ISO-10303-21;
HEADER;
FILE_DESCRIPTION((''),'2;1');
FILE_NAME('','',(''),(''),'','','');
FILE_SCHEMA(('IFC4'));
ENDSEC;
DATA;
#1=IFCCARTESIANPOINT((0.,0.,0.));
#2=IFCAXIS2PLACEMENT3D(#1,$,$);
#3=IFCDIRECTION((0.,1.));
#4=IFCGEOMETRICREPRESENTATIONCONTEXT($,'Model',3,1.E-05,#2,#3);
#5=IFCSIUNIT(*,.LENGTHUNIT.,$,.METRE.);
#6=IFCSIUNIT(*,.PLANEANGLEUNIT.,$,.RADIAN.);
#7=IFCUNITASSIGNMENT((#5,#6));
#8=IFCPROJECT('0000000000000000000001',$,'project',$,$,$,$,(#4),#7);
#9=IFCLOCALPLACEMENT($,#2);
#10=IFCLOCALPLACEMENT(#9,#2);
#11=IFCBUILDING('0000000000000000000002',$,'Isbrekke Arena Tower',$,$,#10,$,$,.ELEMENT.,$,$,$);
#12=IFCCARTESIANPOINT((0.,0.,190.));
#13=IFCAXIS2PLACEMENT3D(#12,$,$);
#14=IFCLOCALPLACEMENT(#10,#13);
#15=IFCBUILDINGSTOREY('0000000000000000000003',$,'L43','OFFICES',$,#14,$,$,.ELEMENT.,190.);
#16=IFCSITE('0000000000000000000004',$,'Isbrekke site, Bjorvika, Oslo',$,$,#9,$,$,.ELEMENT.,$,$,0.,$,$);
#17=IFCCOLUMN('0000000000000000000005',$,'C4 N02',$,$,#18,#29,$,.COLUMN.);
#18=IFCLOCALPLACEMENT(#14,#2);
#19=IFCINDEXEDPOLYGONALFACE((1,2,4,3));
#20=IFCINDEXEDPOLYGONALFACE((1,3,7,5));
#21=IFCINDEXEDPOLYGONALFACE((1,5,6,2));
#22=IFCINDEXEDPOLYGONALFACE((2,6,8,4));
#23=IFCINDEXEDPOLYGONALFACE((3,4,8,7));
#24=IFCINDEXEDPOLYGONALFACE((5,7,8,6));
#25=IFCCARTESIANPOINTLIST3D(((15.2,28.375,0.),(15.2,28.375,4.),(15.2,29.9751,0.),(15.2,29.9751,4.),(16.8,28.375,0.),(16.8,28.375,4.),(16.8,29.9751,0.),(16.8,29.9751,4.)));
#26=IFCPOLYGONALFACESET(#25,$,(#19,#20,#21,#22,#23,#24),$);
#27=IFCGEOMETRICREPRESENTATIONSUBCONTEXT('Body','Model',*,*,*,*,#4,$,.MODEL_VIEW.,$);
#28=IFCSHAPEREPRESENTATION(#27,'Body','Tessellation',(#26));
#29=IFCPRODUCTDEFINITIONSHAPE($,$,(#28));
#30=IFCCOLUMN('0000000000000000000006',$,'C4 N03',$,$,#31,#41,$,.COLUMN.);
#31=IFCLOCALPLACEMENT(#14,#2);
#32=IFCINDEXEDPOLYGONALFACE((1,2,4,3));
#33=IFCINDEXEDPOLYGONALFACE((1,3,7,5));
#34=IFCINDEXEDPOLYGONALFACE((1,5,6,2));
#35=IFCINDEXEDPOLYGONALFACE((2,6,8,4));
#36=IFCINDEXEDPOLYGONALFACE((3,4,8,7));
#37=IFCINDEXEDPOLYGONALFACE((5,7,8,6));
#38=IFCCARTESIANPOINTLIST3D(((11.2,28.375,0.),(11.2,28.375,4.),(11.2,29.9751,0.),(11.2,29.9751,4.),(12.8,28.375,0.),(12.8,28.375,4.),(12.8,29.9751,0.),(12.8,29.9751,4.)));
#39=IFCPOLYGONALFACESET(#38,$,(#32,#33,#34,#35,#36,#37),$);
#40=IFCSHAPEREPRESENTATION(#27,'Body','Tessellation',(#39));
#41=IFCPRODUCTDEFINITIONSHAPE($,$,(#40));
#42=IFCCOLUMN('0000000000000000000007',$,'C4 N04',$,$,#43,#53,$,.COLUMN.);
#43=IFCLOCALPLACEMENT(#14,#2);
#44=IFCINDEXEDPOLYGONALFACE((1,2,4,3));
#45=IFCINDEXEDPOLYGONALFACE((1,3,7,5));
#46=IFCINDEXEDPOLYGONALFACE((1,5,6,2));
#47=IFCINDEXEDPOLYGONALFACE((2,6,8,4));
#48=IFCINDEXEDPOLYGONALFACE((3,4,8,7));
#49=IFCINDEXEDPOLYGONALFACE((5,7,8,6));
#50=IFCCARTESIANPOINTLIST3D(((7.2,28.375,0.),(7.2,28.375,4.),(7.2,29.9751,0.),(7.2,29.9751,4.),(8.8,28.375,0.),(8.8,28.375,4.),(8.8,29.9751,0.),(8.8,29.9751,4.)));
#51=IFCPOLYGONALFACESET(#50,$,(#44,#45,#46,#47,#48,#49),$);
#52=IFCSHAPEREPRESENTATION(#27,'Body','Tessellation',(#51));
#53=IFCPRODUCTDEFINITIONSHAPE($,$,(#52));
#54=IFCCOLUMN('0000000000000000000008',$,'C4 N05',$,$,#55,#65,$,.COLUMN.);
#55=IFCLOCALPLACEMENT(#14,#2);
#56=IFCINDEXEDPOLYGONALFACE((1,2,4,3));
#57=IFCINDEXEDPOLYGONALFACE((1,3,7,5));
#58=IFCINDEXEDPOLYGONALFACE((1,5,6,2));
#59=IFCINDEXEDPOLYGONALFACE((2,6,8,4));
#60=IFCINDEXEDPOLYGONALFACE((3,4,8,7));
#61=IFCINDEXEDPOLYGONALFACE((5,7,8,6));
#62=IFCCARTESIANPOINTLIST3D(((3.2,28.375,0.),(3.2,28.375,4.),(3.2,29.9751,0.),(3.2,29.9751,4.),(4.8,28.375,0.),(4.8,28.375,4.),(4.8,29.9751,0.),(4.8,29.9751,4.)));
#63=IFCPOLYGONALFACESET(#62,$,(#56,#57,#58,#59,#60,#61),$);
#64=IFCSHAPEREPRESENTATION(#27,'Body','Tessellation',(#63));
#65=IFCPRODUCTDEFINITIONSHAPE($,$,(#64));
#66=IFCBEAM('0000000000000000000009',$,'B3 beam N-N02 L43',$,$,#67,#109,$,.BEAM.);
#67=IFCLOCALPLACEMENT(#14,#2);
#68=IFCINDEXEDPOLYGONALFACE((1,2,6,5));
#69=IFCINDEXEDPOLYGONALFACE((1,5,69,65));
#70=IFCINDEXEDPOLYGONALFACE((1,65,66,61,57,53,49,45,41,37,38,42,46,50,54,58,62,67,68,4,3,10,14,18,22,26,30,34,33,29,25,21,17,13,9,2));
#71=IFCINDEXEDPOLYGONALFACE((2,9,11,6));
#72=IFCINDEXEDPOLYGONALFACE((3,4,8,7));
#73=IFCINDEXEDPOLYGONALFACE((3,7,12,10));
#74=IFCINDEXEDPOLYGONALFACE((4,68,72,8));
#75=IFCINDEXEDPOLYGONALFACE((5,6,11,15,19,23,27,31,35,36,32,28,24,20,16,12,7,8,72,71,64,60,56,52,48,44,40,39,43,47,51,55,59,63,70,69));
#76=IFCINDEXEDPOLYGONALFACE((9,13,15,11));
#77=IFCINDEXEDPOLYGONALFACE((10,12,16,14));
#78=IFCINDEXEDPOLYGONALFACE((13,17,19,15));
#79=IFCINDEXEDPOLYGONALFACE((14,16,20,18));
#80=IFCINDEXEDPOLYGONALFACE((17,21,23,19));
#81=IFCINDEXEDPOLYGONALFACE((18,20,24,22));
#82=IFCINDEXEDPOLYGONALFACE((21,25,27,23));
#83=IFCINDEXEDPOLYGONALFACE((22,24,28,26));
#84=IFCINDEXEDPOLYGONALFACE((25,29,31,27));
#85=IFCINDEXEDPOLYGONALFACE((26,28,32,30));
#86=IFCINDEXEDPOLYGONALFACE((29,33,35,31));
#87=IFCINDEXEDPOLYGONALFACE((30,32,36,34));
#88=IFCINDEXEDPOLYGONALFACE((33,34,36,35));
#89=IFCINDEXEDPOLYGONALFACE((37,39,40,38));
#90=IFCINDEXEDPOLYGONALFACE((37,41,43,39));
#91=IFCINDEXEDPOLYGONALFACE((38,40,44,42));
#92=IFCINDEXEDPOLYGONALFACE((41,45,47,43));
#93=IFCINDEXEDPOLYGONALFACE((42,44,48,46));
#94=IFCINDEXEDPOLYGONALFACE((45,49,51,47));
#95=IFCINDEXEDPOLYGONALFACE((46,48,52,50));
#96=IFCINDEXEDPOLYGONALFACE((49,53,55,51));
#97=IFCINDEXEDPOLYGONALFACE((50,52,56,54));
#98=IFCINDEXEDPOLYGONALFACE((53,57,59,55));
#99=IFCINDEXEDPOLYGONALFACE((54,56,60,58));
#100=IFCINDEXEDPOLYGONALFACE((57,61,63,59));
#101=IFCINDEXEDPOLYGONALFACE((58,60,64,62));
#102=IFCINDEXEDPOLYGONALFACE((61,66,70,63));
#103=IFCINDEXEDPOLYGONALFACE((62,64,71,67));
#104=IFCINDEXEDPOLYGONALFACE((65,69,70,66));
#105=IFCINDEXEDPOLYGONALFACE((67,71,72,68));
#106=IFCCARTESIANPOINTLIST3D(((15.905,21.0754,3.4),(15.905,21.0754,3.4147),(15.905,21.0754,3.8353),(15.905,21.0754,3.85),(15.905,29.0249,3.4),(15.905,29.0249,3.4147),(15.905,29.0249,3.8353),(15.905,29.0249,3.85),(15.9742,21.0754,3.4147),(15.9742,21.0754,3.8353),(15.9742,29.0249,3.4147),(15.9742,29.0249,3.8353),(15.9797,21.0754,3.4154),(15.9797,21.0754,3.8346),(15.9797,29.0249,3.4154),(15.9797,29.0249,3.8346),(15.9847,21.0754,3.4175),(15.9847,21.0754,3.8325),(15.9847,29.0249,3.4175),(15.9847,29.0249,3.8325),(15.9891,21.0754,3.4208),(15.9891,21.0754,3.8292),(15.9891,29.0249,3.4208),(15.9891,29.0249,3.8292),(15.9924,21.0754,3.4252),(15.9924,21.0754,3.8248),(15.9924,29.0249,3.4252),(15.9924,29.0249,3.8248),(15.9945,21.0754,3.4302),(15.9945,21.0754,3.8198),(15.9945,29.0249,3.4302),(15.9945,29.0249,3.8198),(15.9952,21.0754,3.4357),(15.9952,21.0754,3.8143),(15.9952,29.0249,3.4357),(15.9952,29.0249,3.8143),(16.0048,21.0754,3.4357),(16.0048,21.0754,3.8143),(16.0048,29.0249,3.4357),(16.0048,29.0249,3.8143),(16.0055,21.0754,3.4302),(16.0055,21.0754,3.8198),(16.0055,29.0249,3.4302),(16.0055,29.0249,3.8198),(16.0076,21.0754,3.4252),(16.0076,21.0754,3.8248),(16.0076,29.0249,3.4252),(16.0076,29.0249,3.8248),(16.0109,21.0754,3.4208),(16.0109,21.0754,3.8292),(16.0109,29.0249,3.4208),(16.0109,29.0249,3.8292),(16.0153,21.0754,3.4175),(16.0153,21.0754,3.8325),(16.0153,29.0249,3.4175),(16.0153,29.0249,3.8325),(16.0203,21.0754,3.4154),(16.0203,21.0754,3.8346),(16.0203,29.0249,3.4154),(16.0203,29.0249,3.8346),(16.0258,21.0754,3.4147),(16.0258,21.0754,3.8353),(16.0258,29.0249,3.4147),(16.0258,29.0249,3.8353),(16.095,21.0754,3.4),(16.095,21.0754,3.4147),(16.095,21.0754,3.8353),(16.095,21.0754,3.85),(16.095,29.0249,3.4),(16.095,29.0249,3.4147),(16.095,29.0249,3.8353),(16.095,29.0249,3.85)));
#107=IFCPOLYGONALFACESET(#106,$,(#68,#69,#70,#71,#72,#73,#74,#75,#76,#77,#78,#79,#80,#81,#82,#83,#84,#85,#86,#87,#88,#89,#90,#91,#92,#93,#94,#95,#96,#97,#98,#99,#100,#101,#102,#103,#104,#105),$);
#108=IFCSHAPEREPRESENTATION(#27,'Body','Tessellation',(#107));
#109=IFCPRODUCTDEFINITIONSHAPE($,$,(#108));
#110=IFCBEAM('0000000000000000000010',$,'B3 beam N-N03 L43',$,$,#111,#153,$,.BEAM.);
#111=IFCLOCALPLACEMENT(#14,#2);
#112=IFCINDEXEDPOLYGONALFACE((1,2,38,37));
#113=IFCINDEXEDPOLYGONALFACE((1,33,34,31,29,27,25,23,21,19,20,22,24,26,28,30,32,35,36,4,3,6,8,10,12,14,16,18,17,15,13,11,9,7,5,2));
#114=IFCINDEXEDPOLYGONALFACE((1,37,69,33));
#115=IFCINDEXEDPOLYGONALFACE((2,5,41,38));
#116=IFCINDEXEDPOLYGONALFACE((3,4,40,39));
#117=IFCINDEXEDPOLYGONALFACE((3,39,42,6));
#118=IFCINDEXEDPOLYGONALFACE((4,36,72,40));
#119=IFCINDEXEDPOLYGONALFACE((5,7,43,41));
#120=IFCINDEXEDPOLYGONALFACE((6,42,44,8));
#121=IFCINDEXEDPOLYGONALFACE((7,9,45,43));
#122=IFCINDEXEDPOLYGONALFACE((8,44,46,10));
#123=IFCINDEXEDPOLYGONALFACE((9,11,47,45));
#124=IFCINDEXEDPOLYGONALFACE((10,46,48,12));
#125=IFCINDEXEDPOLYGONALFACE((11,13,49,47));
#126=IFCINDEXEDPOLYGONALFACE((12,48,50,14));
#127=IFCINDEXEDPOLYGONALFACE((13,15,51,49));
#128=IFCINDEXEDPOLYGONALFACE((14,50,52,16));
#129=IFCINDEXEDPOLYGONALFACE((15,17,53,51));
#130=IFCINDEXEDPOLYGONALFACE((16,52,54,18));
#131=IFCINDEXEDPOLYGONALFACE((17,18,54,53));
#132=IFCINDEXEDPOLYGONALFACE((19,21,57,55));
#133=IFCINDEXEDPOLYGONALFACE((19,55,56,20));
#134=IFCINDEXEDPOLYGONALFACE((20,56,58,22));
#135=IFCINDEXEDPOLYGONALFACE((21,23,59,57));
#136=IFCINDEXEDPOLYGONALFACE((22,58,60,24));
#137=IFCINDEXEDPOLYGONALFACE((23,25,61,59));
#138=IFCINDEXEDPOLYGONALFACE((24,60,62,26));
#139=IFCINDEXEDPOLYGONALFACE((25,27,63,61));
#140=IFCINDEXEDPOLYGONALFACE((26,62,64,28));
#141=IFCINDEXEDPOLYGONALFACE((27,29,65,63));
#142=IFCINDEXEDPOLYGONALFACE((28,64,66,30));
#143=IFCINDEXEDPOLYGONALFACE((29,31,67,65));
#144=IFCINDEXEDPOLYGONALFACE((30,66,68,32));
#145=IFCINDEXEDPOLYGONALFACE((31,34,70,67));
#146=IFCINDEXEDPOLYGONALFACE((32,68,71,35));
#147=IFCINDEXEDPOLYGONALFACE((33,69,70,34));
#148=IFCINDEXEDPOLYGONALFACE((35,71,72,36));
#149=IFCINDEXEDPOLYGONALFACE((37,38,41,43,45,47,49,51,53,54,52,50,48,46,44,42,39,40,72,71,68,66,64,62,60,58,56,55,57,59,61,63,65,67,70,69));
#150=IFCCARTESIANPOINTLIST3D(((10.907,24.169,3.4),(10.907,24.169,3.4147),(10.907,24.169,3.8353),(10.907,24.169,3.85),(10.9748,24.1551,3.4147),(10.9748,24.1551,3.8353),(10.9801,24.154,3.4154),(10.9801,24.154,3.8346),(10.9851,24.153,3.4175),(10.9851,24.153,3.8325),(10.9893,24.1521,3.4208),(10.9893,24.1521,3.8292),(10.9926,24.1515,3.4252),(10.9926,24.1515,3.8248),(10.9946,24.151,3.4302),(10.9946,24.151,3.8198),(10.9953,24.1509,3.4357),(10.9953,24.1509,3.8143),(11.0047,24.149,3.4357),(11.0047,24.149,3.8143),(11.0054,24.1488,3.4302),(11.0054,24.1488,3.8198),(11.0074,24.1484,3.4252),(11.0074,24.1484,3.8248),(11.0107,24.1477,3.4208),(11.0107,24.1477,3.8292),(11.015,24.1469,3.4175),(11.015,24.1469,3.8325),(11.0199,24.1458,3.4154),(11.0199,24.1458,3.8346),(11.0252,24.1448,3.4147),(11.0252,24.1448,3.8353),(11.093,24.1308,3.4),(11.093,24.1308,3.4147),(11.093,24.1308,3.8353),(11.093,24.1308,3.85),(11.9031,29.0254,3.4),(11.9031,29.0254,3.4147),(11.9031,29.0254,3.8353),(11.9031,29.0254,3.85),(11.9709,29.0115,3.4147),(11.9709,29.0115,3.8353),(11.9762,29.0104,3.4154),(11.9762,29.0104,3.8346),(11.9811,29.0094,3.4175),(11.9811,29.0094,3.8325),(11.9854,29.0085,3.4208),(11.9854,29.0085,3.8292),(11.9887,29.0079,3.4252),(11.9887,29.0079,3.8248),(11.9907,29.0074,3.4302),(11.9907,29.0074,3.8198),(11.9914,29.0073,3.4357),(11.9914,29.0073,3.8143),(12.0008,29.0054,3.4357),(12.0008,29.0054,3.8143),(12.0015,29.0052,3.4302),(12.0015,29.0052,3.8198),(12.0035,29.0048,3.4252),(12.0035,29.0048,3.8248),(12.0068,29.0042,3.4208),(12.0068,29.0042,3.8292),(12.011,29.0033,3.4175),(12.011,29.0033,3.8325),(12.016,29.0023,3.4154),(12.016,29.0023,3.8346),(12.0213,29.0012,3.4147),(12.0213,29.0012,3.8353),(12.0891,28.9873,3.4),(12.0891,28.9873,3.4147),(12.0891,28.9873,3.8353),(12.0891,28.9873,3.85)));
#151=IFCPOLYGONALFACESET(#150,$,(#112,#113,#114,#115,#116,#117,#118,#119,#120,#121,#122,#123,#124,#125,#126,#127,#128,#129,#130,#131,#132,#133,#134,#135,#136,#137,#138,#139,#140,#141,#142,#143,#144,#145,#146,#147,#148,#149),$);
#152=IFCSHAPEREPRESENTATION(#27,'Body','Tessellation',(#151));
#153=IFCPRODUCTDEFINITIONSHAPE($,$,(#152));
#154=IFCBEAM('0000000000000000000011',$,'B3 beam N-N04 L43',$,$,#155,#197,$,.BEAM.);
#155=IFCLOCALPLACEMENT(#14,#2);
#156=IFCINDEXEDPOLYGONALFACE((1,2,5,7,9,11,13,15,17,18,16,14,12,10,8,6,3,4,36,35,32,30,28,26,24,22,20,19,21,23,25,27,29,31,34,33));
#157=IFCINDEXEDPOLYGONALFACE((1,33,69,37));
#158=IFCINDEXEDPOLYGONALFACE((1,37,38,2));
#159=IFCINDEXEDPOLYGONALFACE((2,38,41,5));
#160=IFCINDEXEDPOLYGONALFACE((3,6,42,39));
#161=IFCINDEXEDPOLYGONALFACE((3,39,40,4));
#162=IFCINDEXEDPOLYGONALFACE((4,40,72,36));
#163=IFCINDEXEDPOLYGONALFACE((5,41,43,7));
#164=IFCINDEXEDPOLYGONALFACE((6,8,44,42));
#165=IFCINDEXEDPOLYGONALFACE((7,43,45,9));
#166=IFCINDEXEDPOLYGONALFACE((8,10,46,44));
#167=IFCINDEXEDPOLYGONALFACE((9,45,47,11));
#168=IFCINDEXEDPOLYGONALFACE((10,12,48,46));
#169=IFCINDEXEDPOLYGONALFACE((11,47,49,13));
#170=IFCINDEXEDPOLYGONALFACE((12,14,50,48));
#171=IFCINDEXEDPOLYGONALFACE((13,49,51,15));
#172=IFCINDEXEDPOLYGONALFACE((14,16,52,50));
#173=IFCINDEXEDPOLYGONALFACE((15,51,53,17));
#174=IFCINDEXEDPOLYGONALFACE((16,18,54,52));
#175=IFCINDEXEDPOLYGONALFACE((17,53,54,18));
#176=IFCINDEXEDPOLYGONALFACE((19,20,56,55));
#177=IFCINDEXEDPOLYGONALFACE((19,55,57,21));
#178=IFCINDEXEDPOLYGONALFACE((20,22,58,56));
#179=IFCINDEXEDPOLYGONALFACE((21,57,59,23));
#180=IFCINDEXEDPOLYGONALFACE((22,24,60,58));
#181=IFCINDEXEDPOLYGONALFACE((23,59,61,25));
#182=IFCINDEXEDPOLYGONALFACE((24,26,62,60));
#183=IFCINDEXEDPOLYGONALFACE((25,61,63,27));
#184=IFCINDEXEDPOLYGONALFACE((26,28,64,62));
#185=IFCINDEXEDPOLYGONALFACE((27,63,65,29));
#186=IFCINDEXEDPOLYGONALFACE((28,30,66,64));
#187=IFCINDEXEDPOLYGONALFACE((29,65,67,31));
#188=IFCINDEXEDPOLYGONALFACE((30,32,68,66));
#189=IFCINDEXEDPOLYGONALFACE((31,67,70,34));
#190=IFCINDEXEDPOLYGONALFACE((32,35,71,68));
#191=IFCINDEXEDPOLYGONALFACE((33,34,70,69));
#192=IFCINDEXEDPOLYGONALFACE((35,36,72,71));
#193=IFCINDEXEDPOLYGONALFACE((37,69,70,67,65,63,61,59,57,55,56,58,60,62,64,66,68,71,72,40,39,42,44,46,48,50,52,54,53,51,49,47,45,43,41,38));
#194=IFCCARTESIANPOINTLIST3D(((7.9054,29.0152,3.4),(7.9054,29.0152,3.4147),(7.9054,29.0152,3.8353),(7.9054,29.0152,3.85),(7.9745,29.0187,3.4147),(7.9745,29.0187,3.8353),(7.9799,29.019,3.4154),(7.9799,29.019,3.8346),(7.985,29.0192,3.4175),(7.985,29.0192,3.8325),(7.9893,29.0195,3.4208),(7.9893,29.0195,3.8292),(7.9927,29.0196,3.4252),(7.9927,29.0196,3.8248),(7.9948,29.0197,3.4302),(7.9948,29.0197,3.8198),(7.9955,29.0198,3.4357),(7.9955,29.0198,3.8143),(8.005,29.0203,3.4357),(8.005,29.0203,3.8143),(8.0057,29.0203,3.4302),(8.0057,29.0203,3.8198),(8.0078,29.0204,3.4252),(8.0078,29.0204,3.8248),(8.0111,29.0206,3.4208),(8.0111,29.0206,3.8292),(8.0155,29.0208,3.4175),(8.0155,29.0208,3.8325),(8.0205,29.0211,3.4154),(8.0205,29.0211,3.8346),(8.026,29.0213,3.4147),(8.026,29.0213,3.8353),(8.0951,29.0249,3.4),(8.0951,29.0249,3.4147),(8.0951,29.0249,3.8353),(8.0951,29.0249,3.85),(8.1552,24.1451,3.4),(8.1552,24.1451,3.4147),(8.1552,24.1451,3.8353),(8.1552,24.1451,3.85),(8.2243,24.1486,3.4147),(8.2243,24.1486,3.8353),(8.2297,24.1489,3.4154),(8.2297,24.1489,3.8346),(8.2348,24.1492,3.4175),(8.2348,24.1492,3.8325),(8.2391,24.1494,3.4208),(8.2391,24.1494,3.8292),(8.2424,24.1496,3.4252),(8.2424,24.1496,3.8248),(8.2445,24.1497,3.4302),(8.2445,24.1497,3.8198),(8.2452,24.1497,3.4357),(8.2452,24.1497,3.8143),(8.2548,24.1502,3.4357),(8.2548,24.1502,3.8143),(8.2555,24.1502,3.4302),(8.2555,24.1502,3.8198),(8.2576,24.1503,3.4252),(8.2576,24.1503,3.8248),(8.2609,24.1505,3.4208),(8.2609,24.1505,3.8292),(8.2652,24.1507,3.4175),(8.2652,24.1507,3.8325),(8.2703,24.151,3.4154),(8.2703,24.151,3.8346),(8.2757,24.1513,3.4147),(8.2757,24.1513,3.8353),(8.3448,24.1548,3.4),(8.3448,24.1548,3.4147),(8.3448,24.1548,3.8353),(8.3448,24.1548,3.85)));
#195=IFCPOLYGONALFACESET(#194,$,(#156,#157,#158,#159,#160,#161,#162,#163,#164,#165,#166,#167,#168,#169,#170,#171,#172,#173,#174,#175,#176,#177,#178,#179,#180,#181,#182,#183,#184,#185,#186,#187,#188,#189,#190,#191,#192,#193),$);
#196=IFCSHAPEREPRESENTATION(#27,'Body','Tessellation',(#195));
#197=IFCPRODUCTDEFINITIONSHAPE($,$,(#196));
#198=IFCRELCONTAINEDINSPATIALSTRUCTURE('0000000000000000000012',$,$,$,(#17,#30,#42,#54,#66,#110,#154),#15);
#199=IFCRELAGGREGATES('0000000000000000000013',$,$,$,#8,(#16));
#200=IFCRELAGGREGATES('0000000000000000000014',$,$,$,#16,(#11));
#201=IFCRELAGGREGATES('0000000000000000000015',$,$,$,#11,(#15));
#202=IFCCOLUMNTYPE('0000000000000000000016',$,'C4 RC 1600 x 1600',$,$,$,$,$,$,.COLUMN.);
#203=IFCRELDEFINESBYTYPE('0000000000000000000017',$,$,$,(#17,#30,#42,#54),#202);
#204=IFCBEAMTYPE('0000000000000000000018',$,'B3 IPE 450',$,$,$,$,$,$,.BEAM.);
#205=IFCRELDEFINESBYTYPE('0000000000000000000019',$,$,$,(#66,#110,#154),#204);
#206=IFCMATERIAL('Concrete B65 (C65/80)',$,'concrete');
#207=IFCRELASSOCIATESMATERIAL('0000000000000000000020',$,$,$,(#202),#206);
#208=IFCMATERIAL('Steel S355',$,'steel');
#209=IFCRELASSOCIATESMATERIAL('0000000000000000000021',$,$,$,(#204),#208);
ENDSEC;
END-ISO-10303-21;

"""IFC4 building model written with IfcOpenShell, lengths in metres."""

from ifc_helpers import new_model, si_unit, direction, frame, origin, origin_2d, place, context, subcontext, project, spatial, rectangle, i_section, extrude, material, material_profile, profile_set, type_object, element, save


model = new_model("IFC4")

# Units and contexts
model_context = context("Model", 3, precision=1e-05, world=origin(), true_north=direction((0.0, 1.0)))
body_context = subcontext(model_context, "Body", "Model", "MODEL_VIEW")
ifc_project = project(units=[si_unit("LENGTHUNIT", "METRE"), si_unit("PLANEANGLEUNIT", "RADIAN")], contexts=[model_context])

# Site, building, storey
site_placement = place(None, origin())
site = spatial("IfcSite", under=ifc_project, at=site_placement, Name="Isbrekke site, Bjorvika, Oslo", CompositionType="ELEMENT", RefElevation=0.0)
building_placement = place(site_placement, origin())
building = spatial("IfcBuilding", under=site, at=building_placement, Name="Isbrekke Arena Tower", CompositionType="ELEMENT")
storey_placement = place(building_placement, frame((0.0, 0.0, 190.0)))
storey = spatial("IfcBuildingStorey", under=building, at=storey_placement, Name="L43", Description="OFFICES", CompositionType="ELEMENT", Elevation=190.0)

# Columns
ifc_material_1 = material(Name="Concrete B65 (C65/80)", Category="concrete")
ifc_material_profile_1 = material_profile(ifc_material_1, rectangle(XDim=1.6001, YDim=1.6001, at=origin_2d()), Name="RC 1600x1600")
ifc_profile_set_1 = profile_set([ifc_material_profile_1], Name="Concrete B65 (C65/80)")
column_type = type_object("IfcColumnType", Name="C4 RC 1600 x 1600", PredefinedType="COLUMN", material=ifc_profile_set_1)
for number, where, z_axis, x_axis, name in (
    (1, (16.0, 29.175, 0.0), (0.0, 0.0, 1.0), (-1.0, 0.0, 0.0), "C4 N02"),
    (2, (12.0, 29.175, 0.0), (0.0, 0.0, 1.0), (-1.0, 0.0, 0.0), "C4 N03"),
    (3, (8.0, 29.175, 0.0), (0.0, 0.0, 1.0), (-1.0, 0.0, 0.0), "C4 N04"),
    (4, (4.0, 29.175, 0.0), (0.0, 0.0, 1.0), (-1.0, 0.0, 0.0), "C4 N05"),
):
    element("IfcColumn", number, at=place(storey_placement, frame(where, z_axis=z_axis, x_axis=x_axis)), inside=storey, type_object=column_type, Name=name, PredefinedType="COLUMN", context=body_context, shape_type="SweptSolid", body=[
        extrude(rectangle(XDim=1.6001, YDim=1.6001, at=origin_2d()), origin(), (0.0, 0.0, 1.0), 4.0),
    ])

# Beams
ifc_material_2 = material(Name="Steel S355", Category="steel")
ifc_material_profile_2 = material_profile(ifc_material_2, i_section(OverallWidth=0.1899, OverallDepth=0.45, WebThickness=0.0095, FlangeThickness=0.0146, FilletRadius=0.021, at=origin_2d()), Name="IPE 450")
ifc_profile_set_2 = profile_set([ifc_material_profile_2], Name="Steel S355")
beam_type_1 = type_object("IfcBeamType", Name="B3 IPE 450", PredefinedType="BEAM", material=ifc_profile_set_2)
beam_1_placement = place(storey_placement, frame((16.0, 29.0249, 3.625), z_axis=(0.0, -1.0, 0.0), x_axis=(1.0, 0.0, 0.0)))
element("IfcBeam", 5, at=beam_1_placement, inside=storey, type_object=beam_type_1, Name="B3 beam N-N02 L43", PredefinedType="BEAM", context=body_context, shape_type="SweptSolid", body=[
    extrude(i_section(OverallWidth=0.1899, OverallDepth=0.45, WebThickness=0.0095, FlangeThickness=0.0146, FilletRadius=0.021, at=origin_2d()), origin(), (0.0, 0.0, 1.0), 7.9495),
])
beam_2_placement = place(storey_placement, frame((11.9961, 29.0063, 3.625), z_axis=(-0.200925, -0.979607, 0.0), x_axis=(0.979607, -0.200925, 0.0)))
element("IfcBeam", 6, at=beam_2_placement, inside=storey, type_object=beam_type_1, Name="B3 beam N-N03 L43", PredefinedType="BEAM", context=body_context, shape_type="SweptSolid", body=[
    extrude(i_section(OverallWidth=0.1899, OverallDepth=0.45, WebThickness=0.0095, FlangeThickness=0.0146, FilletRadius=0.021, at=origin_2d()), origin(), (0.0, 0.0, 1.0), 4.9575),
])
beam_3_placement = place(storey_placement, frame((8.0002, 29.02, 3.625), z_axis=(0.051216, -0.998688, 0.0), x_axis=(0.998688, 0.051216, 0.0)))
element("IfcBeam", 7, at=beam_3_placement, inside=storey, type_object=beam_type_1, Name="B3 beam N-N04 L43", PredefinedType="BEAM", context=body_context, shape_type="SweptSolid", body=[
    extrude(i_section(OverallWidth=0.1899, OverallDepth=0.45, WebThickness=0.0095, FlangeThickness=0.0146, FilletRadius=0.021, at=origin_2d()), origin(), (0.0, 0.0, 1.0), 4.8765),
])

save(model, "model.ifc")
